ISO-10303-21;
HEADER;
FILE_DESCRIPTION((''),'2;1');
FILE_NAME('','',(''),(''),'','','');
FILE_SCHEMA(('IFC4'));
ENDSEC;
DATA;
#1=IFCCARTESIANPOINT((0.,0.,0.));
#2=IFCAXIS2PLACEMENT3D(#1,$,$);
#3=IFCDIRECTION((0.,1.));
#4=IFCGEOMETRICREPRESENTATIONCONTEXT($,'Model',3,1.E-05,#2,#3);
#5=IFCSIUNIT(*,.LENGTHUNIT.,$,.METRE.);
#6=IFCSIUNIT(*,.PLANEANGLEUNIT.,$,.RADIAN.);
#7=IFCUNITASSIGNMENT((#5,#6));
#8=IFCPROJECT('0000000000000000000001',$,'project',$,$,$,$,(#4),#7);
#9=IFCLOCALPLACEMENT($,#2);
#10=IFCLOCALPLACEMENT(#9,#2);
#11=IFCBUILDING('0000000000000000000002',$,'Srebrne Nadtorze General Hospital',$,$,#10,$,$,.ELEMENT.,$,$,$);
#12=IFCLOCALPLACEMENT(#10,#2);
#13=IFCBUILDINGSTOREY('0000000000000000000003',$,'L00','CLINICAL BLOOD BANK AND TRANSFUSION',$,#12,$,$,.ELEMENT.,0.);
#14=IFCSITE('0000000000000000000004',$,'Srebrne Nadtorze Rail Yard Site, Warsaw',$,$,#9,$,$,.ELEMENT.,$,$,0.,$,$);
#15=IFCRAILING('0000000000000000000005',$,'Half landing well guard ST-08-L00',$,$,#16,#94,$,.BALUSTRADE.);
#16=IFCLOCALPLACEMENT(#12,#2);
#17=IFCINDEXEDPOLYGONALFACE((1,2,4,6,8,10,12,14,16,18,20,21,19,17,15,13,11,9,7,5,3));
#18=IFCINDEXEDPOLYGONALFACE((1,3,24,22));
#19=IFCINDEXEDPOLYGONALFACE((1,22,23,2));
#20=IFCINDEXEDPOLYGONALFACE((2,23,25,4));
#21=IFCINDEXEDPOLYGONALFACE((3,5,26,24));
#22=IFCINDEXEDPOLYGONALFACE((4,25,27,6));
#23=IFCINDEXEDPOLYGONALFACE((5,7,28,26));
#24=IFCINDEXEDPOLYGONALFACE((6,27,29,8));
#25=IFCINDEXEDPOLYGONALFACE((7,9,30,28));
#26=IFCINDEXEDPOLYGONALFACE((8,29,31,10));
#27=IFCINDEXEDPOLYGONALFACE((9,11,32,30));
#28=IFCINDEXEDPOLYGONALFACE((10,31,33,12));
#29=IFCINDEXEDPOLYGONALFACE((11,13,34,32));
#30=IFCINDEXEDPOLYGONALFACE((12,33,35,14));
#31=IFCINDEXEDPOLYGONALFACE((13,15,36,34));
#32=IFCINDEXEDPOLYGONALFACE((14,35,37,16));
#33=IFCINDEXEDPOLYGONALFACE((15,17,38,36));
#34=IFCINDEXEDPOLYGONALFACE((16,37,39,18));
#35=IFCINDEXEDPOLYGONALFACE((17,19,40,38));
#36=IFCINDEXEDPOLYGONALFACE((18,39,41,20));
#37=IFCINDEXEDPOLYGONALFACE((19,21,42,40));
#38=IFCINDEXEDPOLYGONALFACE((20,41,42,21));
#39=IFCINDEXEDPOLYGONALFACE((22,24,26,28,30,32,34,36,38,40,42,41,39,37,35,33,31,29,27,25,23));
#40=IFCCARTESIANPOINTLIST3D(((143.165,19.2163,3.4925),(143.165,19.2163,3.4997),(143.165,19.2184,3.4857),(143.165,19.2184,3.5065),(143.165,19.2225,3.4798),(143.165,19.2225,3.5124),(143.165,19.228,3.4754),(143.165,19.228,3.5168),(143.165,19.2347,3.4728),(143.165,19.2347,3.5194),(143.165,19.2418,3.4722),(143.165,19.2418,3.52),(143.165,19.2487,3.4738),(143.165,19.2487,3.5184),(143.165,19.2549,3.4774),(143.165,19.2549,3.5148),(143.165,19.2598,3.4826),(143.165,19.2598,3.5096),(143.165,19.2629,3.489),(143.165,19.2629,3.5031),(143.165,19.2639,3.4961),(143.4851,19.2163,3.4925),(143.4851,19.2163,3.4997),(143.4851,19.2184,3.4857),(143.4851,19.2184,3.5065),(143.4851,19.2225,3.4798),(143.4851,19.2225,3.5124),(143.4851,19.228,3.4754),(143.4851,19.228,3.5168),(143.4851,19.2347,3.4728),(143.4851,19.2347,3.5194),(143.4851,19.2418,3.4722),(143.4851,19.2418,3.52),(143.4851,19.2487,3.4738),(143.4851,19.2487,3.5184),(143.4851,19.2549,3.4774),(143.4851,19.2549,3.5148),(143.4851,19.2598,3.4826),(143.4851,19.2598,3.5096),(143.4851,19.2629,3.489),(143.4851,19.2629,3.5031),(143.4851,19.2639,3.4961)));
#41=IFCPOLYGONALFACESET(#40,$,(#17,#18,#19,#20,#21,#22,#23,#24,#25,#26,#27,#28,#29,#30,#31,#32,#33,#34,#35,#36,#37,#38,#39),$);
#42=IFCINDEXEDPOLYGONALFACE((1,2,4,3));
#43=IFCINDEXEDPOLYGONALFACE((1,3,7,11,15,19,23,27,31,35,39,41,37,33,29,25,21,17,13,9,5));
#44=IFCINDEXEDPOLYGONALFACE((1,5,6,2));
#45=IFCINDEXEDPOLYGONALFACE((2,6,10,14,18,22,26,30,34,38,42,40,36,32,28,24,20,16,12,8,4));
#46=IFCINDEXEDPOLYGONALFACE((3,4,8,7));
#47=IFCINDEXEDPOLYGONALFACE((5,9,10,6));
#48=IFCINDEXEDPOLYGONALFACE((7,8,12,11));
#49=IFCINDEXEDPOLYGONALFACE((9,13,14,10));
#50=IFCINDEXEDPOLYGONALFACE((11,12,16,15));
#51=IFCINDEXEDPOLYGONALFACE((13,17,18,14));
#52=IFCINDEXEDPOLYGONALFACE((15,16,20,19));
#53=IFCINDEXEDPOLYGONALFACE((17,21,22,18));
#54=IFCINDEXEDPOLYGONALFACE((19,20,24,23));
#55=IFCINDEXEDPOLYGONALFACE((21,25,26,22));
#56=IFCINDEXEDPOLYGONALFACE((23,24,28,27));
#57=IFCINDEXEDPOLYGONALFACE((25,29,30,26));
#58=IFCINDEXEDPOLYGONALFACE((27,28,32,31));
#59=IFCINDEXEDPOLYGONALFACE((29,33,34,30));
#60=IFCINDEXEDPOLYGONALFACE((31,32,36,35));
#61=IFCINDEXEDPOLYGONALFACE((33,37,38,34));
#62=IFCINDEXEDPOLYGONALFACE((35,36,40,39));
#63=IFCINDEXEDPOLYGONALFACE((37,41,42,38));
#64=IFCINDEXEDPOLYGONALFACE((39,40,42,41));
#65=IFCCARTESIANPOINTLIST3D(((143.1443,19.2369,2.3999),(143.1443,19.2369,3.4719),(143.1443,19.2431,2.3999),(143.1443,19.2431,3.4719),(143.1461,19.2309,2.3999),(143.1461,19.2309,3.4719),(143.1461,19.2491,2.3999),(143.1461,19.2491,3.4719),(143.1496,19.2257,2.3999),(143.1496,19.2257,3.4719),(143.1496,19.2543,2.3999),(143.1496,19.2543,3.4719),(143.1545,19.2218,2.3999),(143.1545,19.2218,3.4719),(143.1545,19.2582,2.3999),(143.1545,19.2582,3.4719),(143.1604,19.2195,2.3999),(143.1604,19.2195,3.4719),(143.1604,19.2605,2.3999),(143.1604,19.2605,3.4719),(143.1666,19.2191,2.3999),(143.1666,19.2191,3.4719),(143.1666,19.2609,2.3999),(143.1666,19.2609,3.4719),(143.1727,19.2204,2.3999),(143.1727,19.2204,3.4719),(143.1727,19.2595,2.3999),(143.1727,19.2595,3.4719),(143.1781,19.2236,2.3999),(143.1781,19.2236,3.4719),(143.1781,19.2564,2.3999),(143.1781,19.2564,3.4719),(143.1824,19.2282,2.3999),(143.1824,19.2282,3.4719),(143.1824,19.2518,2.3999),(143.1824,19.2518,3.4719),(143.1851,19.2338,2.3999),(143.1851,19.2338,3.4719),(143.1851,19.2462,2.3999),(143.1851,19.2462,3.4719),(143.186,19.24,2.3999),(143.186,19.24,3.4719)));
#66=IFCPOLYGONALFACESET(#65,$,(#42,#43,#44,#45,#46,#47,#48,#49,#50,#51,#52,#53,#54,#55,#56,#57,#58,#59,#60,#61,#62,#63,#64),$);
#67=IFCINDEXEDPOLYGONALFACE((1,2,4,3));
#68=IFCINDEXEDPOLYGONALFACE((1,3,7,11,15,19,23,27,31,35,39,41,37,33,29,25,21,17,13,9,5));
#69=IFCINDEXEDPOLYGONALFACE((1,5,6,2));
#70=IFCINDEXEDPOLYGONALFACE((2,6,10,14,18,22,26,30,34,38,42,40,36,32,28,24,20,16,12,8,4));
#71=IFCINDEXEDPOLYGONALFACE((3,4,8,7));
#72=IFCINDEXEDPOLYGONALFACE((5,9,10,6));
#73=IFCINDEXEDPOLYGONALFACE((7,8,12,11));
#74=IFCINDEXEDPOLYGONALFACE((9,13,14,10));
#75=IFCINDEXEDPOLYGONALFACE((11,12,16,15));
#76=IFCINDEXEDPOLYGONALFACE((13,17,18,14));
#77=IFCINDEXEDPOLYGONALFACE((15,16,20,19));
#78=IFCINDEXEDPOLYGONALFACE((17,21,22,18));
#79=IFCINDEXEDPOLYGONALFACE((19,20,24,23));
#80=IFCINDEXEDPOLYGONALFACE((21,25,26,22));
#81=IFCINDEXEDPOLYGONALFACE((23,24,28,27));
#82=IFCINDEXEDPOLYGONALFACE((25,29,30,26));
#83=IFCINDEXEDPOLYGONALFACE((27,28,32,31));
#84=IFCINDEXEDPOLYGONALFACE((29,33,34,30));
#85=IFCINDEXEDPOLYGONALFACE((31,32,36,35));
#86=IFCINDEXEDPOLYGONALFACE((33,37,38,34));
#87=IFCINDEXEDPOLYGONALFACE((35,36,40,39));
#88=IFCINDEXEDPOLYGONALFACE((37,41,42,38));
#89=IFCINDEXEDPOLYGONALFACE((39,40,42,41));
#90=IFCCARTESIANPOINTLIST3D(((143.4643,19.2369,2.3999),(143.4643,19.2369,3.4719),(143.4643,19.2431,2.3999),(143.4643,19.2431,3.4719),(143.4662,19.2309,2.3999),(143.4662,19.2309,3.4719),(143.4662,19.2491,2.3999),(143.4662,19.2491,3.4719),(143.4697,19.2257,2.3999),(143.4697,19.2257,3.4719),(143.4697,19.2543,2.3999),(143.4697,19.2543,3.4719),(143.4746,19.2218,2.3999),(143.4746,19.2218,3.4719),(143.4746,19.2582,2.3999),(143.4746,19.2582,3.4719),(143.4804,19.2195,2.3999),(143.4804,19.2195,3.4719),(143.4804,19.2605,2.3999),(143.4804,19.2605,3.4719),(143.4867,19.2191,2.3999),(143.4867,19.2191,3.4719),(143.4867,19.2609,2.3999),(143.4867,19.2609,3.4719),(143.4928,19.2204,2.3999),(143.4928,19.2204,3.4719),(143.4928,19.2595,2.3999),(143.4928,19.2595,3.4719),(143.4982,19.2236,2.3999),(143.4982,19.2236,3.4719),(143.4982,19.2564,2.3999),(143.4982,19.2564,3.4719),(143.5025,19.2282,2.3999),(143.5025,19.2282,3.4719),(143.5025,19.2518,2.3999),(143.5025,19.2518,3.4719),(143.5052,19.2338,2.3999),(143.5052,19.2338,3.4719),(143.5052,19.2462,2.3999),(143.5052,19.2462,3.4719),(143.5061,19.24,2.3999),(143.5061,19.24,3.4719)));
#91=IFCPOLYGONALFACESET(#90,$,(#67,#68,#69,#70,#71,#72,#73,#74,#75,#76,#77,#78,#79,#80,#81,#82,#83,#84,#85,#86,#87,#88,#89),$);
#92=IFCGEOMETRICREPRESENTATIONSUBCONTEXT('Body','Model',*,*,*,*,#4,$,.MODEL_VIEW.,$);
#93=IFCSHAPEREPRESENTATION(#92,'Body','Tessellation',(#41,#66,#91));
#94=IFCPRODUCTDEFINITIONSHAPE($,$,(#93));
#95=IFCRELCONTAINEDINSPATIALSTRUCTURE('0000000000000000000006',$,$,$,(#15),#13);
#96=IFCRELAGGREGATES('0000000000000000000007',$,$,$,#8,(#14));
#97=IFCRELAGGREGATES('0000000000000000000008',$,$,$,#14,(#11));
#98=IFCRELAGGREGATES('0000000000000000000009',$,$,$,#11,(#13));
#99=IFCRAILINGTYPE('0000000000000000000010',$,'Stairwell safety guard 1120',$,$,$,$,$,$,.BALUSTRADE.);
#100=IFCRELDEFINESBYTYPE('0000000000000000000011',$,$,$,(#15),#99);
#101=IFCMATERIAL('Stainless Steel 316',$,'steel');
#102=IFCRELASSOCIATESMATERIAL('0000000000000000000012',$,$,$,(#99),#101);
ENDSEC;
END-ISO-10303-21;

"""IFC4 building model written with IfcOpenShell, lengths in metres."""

from ifc_helpers import new_model, si_unit, direction, frame, origin, origin_2d, place, context, subcontext, project, spatial, circle, extrude, material, type_object, element, save


model = new_model("IFC4")

# Units and contexts
model_context = context("Model", 3, precision=1e-05, world=origin(), true_north=direction((0.0, 1.0)))
body_context = subcontext(model_context, "Body", "Model", "MODEL_VIEW")
ifc_project = project(units=[si_unit("LENGTHUNIT", "METRE"), si_unit("PLANEANGLEUNIT", "RADIAN")], contexts=[model_context])

# Site, building, storey
site_placement = place(None, origin())
site = spatial("IfcSite", under=ifc_project, at=site_placement, Name="Srebrne Nadtorze Rail Yard Site, Warsaw", CompositionType="ELEMENT", RefElevation=0.0)
building_placement = place(site_placement, origin())
building = spatial("IfcBuilding", under=site, at=building_placement, Name="Srebrne Nadtorze General Hospital", CompositionType="ELEMENT")
storey_placement = place(building_placement, origin())
storey = spatial("IfcBuildingStorey", under=building, at=storey_placement, Name="L00", Description="CLINICAL BLOOD BANK AND TRANSFUSION", CompositionType="ELEMENT", Elevation=0.0)

# Railing
ifc_material_1 = material(Name="Stainless Steel 316", Category="steel")
railing_type_1 = type_object("IfcRailingType", Name="Stairwell safety guard 1120", PredefinedType="BALUSTRADE", material=ifc_material_1)
railing_1_placement = place(storey_placement, frame((143.165, 19.24, 2.3999)))
element("IfcRailing", 1, at=railing_1_placement, inside=storey, type_object=railing_type_1, Name="Half landing well guard ST-08-L00", PredefinedType="BALUSTRADE", context=body_context, shape_type="SweptSolid", body=[
    extrude(circle(Radius=0.0239, at=origin_2d()), frame((0.0, 0.0, 1.0962), z_axis=(1.0, 0.0, 0.0), x_axis=(0.0, 1.0, 0.0)), (0.0, 0.0, 1.0), 0.3201),
    extrude(circle(Radius=0.021, at=origin_2d()), origin(), (0.0, 0.0, 1.0), 1.072),
    extrude(circle(Radius=0.021, at=origin_2d()), frame((0.3201, 0.0, 0.0)), (0.0, 0.0, 1.0), 1.072),
])

save(model, "model.ifc")
